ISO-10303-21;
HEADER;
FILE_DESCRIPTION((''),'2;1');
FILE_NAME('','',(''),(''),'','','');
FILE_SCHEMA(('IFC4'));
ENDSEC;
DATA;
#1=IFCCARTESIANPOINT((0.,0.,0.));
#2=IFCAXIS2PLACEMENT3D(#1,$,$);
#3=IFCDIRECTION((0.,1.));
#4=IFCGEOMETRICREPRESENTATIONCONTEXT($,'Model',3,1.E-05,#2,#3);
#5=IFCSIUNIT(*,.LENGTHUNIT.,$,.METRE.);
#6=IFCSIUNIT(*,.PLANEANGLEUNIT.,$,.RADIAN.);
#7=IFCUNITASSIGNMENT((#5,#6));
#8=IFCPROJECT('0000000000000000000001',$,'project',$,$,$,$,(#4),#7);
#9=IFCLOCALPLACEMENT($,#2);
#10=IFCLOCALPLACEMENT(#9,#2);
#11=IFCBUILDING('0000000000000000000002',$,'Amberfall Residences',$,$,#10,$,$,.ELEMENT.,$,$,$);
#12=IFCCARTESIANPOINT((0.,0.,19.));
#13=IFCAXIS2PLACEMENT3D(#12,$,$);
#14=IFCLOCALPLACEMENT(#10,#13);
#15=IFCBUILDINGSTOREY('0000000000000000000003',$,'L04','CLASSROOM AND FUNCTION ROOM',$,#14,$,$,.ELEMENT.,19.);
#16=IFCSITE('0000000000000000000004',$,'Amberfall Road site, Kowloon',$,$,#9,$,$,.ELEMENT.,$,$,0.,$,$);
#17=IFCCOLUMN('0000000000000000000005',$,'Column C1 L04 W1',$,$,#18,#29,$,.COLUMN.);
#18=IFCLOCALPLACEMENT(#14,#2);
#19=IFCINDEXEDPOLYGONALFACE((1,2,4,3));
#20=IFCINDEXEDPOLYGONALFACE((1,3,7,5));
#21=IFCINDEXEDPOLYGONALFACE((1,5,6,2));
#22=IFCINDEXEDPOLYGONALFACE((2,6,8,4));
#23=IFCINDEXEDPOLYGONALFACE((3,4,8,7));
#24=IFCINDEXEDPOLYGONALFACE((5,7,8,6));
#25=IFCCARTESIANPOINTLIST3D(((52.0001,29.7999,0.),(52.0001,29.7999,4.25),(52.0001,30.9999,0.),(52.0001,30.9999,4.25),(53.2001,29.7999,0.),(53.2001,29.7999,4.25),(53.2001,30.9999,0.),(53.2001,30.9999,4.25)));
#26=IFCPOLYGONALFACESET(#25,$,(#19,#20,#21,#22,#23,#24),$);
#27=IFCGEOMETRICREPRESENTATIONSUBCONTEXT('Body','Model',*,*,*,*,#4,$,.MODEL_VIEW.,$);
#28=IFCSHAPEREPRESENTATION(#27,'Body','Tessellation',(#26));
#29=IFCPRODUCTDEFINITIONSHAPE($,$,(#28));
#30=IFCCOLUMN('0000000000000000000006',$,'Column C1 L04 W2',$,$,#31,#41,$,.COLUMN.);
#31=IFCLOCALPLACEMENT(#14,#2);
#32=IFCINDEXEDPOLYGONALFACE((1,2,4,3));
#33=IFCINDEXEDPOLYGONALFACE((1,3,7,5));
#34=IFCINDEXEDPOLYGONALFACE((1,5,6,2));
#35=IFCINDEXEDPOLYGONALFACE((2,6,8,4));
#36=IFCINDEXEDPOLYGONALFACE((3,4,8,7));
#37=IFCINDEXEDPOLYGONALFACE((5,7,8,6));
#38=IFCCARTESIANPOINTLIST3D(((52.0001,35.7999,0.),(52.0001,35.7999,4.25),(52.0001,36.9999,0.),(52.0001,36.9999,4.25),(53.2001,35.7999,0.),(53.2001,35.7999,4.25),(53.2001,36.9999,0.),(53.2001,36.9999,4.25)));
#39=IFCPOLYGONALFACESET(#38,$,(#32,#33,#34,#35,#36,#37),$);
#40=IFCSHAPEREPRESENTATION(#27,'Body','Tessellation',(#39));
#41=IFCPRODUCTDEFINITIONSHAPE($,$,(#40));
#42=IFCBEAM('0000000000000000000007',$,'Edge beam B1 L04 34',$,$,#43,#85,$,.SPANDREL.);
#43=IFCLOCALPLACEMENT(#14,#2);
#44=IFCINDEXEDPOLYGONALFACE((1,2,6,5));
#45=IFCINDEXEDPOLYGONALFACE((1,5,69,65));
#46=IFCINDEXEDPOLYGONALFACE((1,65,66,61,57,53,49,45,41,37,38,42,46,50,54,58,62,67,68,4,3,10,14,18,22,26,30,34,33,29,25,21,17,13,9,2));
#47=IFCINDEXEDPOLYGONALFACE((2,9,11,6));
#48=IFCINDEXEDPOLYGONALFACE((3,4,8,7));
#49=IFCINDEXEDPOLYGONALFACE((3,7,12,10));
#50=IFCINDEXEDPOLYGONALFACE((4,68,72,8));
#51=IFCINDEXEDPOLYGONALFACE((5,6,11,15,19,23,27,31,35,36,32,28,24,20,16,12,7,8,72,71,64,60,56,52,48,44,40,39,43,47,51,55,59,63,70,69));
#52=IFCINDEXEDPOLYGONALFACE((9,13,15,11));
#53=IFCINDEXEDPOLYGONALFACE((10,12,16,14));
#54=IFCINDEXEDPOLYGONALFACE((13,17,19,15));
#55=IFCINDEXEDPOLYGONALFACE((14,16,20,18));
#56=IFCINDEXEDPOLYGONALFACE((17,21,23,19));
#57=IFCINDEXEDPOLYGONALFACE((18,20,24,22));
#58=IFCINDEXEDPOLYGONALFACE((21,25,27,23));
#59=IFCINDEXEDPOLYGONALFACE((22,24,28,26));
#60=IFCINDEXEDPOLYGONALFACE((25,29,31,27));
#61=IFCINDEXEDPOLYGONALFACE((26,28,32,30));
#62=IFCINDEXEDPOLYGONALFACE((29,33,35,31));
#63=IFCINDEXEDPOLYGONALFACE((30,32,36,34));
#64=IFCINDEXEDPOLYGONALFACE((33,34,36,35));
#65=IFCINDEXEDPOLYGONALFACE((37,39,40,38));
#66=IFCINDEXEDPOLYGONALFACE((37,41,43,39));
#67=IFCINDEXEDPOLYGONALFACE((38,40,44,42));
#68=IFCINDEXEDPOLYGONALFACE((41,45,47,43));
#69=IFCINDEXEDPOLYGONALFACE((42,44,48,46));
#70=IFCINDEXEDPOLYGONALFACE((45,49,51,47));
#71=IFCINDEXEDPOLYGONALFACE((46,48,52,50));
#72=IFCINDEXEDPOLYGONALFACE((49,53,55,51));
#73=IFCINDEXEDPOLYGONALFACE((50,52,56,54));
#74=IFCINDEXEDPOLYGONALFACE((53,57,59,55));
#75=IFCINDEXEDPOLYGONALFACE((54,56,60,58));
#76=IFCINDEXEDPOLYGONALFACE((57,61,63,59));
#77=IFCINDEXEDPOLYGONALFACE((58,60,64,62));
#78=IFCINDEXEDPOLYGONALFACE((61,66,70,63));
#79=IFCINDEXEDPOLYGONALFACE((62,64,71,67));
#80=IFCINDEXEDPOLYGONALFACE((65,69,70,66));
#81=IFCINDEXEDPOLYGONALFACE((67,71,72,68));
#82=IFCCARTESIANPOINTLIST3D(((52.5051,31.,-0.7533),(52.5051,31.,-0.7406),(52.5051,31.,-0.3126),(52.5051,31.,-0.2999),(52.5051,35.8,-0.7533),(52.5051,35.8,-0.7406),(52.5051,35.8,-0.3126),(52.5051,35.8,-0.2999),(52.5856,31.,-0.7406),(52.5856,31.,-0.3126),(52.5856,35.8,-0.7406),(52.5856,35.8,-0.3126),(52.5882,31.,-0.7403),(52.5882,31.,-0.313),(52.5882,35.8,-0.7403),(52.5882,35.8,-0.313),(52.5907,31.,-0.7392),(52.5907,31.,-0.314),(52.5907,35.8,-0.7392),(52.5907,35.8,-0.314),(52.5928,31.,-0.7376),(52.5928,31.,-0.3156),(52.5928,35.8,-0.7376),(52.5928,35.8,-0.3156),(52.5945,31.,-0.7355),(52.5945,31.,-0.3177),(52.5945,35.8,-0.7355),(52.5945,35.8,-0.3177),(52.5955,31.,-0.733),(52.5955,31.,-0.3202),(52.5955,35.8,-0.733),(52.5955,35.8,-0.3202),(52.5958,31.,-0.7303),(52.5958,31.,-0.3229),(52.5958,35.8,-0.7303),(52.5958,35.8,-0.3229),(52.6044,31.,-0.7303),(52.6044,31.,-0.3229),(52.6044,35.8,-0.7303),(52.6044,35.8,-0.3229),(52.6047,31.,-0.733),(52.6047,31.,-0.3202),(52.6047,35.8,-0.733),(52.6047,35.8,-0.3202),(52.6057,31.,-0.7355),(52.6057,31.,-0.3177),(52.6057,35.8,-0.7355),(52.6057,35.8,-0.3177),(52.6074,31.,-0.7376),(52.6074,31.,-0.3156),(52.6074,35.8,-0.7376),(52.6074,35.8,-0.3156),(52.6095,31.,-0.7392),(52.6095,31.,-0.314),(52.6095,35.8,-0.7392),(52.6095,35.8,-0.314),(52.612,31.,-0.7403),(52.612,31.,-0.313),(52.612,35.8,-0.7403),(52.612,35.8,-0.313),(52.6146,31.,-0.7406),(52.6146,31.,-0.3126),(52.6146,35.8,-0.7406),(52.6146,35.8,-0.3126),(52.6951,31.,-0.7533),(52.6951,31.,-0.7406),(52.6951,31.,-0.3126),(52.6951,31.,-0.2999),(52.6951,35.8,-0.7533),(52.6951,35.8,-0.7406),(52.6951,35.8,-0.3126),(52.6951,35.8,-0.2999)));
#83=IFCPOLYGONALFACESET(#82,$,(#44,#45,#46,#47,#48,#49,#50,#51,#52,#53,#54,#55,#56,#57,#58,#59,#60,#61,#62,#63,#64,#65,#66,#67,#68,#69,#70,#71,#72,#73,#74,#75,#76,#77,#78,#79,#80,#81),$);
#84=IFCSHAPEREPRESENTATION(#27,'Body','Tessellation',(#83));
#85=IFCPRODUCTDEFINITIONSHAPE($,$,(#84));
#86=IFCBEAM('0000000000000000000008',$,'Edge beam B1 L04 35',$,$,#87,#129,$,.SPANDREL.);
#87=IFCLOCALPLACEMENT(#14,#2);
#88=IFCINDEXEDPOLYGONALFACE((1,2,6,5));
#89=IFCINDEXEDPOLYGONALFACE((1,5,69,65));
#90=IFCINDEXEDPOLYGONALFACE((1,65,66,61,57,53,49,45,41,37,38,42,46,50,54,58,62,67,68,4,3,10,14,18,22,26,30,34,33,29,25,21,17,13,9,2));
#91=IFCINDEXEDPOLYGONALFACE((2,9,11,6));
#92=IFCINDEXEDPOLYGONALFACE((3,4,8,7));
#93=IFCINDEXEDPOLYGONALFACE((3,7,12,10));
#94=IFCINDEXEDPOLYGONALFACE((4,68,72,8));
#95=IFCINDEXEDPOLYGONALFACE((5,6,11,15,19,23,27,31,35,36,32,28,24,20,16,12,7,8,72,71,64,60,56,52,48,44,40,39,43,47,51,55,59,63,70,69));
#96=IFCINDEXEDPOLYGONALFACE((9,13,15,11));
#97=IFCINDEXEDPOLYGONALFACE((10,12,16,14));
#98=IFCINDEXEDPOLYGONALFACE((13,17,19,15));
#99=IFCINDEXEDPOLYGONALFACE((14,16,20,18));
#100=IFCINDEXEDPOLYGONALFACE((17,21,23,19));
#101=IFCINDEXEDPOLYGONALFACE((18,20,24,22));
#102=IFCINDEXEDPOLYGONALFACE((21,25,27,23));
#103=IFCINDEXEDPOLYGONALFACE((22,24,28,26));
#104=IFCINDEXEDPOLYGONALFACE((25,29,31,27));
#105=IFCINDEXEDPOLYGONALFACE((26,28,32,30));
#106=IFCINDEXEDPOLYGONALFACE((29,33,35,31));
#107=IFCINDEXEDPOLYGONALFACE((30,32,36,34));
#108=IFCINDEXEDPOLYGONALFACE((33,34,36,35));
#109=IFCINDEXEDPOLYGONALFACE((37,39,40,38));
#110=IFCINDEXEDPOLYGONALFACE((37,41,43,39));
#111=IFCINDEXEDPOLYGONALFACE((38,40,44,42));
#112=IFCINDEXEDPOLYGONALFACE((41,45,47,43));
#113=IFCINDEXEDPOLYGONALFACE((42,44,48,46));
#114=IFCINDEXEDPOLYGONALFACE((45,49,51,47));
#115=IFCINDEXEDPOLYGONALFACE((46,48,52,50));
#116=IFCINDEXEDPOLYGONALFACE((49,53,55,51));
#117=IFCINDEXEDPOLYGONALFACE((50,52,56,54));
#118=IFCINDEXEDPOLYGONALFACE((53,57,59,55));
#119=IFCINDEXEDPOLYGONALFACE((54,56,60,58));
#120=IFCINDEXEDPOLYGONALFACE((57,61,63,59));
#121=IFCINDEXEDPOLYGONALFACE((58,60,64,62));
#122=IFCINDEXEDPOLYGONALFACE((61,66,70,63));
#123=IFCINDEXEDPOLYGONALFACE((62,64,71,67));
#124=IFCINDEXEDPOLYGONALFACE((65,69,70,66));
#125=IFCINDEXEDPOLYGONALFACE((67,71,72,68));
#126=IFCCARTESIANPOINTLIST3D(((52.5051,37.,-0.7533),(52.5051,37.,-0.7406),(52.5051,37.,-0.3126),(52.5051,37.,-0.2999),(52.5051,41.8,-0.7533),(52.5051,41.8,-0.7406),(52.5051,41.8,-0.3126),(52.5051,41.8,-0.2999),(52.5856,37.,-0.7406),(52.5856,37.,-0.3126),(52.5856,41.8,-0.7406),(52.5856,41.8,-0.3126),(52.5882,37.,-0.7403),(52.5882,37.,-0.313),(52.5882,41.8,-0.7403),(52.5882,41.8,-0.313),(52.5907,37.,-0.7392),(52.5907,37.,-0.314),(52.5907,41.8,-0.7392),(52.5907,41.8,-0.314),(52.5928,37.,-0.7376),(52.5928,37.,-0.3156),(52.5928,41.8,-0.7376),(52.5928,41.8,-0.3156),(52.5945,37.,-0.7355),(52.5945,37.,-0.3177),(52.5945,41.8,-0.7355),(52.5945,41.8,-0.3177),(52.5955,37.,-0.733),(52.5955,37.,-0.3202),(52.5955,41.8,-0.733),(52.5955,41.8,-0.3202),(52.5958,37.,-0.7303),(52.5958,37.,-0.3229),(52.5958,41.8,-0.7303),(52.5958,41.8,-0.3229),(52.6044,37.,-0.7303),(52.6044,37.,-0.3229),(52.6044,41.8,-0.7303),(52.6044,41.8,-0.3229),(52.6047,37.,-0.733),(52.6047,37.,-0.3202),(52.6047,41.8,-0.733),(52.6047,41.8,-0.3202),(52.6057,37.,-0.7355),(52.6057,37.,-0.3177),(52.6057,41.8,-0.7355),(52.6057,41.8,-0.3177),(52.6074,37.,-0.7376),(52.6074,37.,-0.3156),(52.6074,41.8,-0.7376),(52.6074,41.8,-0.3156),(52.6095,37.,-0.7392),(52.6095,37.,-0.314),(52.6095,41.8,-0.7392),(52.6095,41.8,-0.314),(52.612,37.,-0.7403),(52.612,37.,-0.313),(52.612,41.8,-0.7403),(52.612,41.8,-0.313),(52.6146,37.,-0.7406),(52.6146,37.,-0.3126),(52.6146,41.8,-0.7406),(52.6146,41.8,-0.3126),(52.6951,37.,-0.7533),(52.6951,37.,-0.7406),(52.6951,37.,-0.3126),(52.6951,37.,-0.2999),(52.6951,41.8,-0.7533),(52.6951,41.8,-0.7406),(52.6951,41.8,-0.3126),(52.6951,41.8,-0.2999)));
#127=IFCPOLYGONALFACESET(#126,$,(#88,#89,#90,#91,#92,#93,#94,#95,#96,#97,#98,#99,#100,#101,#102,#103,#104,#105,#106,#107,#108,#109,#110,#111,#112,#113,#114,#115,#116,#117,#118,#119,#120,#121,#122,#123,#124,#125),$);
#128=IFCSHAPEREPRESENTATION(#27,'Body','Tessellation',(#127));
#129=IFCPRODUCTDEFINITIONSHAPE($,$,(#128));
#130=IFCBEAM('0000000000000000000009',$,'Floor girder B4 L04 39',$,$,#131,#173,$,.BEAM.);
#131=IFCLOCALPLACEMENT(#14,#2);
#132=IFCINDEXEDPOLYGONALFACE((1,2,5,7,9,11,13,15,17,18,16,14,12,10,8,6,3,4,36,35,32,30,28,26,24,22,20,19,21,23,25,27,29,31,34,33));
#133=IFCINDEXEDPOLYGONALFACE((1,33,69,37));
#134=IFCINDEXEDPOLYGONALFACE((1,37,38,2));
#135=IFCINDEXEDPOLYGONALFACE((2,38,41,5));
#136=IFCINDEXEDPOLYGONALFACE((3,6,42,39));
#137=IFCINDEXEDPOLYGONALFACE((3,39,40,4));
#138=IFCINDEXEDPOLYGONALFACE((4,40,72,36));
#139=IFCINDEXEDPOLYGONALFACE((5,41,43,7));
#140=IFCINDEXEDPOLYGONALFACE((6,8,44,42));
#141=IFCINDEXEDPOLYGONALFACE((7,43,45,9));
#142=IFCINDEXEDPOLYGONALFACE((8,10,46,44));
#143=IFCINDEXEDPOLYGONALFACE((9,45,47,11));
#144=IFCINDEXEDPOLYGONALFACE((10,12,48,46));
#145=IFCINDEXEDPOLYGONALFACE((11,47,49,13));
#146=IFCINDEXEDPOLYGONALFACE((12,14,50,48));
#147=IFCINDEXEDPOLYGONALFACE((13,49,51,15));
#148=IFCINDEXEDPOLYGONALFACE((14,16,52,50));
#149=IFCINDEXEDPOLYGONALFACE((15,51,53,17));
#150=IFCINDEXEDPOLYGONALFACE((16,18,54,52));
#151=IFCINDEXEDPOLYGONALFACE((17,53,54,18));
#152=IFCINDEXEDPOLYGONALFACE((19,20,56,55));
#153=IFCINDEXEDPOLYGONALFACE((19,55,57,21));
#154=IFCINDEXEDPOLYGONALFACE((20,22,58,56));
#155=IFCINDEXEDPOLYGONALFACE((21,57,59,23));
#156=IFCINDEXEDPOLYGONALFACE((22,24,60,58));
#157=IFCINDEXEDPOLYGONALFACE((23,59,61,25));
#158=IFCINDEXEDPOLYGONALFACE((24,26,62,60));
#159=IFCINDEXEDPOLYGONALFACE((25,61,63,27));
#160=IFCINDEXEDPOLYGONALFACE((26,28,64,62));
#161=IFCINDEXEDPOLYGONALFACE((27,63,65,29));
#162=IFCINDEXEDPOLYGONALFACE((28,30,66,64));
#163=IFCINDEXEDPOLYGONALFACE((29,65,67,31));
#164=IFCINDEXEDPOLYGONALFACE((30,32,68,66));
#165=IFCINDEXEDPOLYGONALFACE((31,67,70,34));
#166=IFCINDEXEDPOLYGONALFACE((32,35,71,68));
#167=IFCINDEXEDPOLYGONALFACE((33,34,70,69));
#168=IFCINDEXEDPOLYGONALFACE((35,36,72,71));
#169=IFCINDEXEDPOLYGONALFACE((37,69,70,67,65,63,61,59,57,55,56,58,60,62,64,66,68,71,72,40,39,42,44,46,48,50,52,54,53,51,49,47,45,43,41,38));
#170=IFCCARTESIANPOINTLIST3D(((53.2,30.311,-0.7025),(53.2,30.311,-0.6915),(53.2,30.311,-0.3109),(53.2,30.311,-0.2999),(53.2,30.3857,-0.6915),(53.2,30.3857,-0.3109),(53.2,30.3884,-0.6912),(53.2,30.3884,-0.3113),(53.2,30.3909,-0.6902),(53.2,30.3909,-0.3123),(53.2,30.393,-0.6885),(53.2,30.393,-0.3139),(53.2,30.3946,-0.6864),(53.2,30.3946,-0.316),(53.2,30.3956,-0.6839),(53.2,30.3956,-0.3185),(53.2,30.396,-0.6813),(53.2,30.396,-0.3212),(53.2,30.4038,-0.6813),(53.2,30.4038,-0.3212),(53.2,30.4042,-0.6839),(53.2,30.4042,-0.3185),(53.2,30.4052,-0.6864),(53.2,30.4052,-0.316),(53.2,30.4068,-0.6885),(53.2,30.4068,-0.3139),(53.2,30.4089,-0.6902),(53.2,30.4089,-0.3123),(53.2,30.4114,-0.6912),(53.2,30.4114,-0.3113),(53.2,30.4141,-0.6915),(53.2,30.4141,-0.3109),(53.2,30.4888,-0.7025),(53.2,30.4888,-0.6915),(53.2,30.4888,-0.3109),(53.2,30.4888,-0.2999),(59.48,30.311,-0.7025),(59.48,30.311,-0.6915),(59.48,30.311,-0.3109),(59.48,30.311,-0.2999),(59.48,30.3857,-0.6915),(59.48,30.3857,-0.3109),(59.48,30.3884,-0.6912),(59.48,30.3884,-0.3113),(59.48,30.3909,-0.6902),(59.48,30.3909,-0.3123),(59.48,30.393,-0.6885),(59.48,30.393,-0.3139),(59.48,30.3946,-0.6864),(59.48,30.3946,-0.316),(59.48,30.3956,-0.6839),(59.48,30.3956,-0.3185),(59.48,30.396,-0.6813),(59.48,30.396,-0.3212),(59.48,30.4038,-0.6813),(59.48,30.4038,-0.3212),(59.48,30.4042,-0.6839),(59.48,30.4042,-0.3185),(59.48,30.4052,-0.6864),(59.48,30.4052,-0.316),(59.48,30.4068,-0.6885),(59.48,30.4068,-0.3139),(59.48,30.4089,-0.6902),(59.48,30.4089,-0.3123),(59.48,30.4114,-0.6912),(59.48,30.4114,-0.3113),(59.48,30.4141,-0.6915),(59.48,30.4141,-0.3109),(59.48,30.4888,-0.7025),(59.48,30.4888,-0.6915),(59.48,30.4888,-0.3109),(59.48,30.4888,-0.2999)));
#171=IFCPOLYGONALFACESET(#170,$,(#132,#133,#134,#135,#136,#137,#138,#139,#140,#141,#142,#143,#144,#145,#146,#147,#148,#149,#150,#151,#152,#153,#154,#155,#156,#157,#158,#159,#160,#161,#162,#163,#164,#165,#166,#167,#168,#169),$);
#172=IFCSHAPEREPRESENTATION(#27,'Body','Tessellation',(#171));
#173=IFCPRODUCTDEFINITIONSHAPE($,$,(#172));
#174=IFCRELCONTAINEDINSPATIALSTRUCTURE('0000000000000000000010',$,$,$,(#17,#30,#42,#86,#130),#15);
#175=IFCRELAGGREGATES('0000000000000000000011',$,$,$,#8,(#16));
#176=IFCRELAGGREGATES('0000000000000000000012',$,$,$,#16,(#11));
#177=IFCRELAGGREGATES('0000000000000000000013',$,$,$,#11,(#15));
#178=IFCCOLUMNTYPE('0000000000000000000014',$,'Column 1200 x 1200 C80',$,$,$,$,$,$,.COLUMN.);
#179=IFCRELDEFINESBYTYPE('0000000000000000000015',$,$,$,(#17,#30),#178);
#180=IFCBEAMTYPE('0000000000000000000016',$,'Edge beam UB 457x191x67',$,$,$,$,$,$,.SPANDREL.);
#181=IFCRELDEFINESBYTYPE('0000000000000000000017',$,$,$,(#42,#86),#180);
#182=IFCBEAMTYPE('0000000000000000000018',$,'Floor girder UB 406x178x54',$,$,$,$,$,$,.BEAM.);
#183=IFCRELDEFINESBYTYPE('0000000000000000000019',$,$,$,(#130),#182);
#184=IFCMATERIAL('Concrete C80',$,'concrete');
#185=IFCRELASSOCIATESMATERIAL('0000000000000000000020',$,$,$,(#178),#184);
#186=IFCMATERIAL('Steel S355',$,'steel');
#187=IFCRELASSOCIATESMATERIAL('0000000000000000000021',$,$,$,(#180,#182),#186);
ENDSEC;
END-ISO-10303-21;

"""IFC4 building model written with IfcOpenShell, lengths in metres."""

from ifc_helpers import new_model, si_unit, direction, frame, origin, origin_2d, place, context, subcontext, project, spatial, rectangle, i_section, extrude, material, material_profile, profile_set, type_object, element, save


model = new_model("IFC4")

# Units and contexts
model_context = context("Model", 3, precision=1e-05, world=origin(), true_north=direction((0.0, 1.0)))
body_context = subcontext(model_context, "Body", "Model", "MODEL_VIEW")
ifc_project = project(units=[si_unit("LENGTHUNIT", "METRE"), si_unit("PLANEANGLEUNIT", "RADIAN")], contexts=[model_context])

# Site, building, storey
site_placement = place(None, origin())
site = spatial("IfcSite", under=ifc_project, at=site_placement, Name="Amberfall Road site, Kowloon", CompositionType="ELEMENT", RefElevation=0.0)
building_placement = place(site_placement, origin())
building = spatial("IfcBuilding", under=site, at=building_placement, Name="Amberfall Residences", CompositionType="ELEMENT")
storey_placement = place(building_placement, frame((0.0, 0.0, 19.0)))
storey = spatial("IfcBuildingStorey", under=building, at=storey_placement, Name="L04", Description="CLASSROOM AND FUNCTION ROOM", CompositionType="ELEMENT", Elevation=19.0)

# Columns
ifc_material_1 = material(Name="Concrete C80", Category="concrete")
ifc_material_profile_1 = material_profile(ifc_material_1, rectangle(XDim=1.2, YDim=1.2, at=origin_2d()), Name="Column 1200 x 1200 C80")
ifc_profile_set_1 = profile_set([ifc_material_profile_1], Name="Concrete C80")
column_type = type_object("IfcColumnType", Name="Column 1200 x 1200 C80", PredefinedType="COLUMN", material=ifc_profile_set_1)
for number, where, z_axis, x_axis, name in (
    (1, (52.6001, 30.3999, 0.0), (0.0, 0.0, 1.0), (1.0, 0.0, 0.0), "Column C1 L04 W1"),
    (2, (52.6001, 36.3999, 0.0), (0.0, 0.0, 1.0), (1.0, 0.0, 0.0), "Column C1 L04 W2"),
):
    element("IfcColumn", number, at=place(storey_placement, frame(where, z_axis=z_axis, x_axis=x_axis)), inside=storey, type_object=column_type, Name=name, PredefinedType="COLUMN", context=body_context, shape_type="SweptSolid", body=[
        extrude(rectangle(XDim=1.2, YDim=1.2, at=origin_2d()), origin(), (0.0, 0.0, 1.0), 4.25),
    ])

# Beams
ifc_material_2 = material(Name="Steel S355", Category="steel")
ifc_material_profile_2 = material_profile(ifc_material_2, i_section(OverallWidth=0.1899, OverallDepth=0.4534, WebThickness=0.0085, FlangeThickness=0.0127, FilletRadius=0.0103, at=origin_2d()), Name="UB 457x191x67")
ifc_profile_set_2 = profile_set([ifc_material_profile_2], Name="Steel S355")
beam_type_1 = type_object("IfcBeamType", Name="Edge beam UB 457x191x67", PredefinedType="SPANDREL", material=ifc_profile_set_2)
for number, where, z_axis, x_axis, name in (
    (3, (52.6001, 31.0, -0.5266), (0.0, 1.0, 0.0), (-1.0, 0.0, 0.0), "Edge beam B1 L04 34"),
    (4, (52.6001, 37.0, -0.5266), (0.0, 1.0, 0.0), (-1.0, 0.0, 0.0), "Edge beam B1 L04 35"),
):
    element("IfcBeam", number, at=place(storey_placement, frame(where, z_axis=z_axis, x_axis=x_axis)), inside=storey, type_object=beam_type_1, Name=name, PredefinedType="SPANDREL", context=body_context, shape_type="SweptSolid", body=[
        extrude(i_section(OverallWidth=0.1899, OverallDepth=0.4534, WebThickness=0.0085, FlangeThickness=0.0127, FilletRadius=0.0103, at=origin_2d()), origin(), (0.0, 0.0, 1.0), 4.8),
    ])
ifc_material_profile_3 = material_profile(ifc_material_2, i_section(OverallWidth=0.1777, OverallDepth=0.4026, WebThickness=0.0078, FlangeThickness=0.011, FilletRadius=0.0103, at=origin_2d()), Name="UB 406x178x54")
ifc_profile_set_3 = profile_set([ifc_material_profile_3], Name="Steel S355")
beam_type_2 = type_object("IfcBeamType", Name="Floor girder UB 406x178x54", PredefinedType="BEAM", material=ifc_profile_set_3)
beam_1_placement = place(storey_placement, frame((53.2, 30.3999, -0.5012), z_axis=(1.0, 0.0, 0.0), x_axis=(0.0, 1.0, 0.0)))
element("IfcBeam", 5, at=beam_1_placement, inside=storey, type_object=beam_type_2, Name="Floor girder B4 L04 39", PredefinedType="BEAM", context=body_context, shape_type="SweptSolid", body=[
    extrude(i_section(OverallWidth=0.1777, OverallDepth=0.4026, WebThickness=0.0078, FlangeThickness=0.011, FilletRadius=0.0103, at=origin_2d()), origin(), (0.0, 0.0, 1.0), 6.28),
])

save(model, "model.ifc")
